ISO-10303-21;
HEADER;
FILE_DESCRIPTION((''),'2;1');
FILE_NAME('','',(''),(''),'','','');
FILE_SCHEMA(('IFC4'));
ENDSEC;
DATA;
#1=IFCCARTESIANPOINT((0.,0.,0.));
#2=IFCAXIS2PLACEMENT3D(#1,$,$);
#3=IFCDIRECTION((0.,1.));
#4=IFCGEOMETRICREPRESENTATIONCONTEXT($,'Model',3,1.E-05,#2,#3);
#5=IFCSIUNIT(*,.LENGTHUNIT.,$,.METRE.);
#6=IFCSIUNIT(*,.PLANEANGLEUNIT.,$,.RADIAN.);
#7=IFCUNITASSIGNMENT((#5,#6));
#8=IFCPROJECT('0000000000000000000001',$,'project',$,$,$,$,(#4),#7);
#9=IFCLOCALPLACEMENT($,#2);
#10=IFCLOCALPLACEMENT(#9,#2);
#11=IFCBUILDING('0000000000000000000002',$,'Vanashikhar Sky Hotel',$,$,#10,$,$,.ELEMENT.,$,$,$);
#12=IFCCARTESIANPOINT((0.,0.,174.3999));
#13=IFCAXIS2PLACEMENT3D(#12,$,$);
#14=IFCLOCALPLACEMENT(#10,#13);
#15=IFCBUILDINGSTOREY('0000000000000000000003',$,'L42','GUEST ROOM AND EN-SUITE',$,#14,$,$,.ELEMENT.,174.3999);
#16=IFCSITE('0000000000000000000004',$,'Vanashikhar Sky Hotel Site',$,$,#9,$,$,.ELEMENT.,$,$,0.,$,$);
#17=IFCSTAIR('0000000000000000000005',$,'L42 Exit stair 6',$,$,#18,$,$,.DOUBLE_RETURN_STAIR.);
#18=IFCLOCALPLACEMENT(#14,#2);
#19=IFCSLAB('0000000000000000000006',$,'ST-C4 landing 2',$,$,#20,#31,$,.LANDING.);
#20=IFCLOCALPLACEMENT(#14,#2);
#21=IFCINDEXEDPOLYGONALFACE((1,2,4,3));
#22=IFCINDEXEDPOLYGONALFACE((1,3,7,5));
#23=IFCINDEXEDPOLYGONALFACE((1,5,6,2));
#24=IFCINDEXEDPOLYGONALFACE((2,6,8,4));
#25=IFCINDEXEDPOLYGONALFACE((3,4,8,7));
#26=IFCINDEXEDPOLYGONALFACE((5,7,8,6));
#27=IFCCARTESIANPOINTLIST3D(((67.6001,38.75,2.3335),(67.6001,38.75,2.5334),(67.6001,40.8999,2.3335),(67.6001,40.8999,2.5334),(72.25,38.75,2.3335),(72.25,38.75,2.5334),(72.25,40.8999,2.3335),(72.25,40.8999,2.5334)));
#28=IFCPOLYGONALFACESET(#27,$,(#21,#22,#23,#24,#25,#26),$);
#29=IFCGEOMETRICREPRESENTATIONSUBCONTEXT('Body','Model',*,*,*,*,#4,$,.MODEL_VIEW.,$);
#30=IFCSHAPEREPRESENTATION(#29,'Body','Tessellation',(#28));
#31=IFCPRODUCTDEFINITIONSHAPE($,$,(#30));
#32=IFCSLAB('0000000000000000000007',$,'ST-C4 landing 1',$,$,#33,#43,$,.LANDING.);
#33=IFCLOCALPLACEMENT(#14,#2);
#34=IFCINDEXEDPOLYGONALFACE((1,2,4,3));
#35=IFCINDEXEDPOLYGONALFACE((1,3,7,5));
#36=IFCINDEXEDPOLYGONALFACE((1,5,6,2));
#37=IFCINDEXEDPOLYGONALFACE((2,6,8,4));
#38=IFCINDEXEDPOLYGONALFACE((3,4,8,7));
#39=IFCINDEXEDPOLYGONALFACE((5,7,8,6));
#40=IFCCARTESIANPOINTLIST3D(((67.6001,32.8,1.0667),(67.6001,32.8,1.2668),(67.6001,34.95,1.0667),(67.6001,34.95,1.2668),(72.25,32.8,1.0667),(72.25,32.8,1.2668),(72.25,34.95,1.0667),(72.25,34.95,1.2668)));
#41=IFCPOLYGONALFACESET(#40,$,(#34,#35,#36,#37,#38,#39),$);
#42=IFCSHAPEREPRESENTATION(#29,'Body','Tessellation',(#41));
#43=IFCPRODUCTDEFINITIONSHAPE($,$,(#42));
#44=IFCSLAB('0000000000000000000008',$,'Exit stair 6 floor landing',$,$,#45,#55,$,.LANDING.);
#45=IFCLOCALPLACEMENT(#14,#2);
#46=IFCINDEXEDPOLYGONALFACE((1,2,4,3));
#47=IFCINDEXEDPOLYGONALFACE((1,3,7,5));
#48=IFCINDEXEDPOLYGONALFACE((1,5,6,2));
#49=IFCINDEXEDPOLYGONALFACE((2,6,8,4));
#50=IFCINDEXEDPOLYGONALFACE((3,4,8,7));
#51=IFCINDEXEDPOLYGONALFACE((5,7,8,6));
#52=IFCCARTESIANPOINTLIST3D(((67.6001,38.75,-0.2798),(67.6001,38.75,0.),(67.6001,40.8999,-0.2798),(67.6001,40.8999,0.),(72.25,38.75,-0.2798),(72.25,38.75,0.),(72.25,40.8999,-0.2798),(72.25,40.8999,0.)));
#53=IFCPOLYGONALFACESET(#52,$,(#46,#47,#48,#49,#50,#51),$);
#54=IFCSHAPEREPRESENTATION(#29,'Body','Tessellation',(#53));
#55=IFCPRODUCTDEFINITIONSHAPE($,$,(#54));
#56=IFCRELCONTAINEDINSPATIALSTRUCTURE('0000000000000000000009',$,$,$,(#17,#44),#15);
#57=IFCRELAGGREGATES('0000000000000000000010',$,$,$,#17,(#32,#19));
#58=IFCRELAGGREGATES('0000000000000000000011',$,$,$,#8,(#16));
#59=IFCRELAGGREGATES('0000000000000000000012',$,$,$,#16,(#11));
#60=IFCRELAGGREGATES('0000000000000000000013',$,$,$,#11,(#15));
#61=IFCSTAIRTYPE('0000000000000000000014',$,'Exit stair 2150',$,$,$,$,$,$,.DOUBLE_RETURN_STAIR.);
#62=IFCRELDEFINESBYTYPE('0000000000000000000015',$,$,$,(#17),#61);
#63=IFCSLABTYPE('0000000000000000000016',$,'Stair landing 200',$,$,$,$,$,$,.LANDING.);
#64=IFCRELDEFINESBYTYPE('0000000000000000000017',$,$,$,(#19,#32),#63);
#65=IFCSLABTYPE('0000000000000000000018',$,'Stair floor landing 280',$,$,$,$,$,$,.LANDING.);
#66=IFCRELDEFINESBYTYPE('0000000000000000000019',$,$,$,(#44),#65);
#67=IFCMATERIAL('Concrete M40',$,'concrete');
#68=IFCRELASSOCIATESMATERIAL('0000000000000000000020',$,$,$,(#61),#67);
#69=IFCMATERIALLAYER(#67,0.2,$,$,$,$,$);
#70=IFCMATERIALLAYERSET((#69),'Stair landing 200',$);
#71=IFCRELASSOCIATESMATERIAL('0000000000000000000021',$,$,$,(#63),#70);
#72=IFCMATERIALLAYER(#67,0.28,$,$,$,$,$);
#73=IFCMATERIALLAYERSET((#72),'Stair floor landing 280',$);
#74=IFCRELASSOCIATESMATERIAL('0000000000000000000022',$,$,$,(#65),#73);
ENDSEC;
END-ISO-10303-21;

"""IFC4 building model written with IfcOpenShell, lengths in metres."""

from ifc_helpers import new_model, si_unit, direction, frame, origin, place, context, subcontext, project, spatial, polyline, outline, extrude, source, transform, mapped, material, layer, layer_set, type_object, element, aggregate, save


model = new_model("IFC4")

# Units and contexts
model_context = context("Model", 3, precision=1e-05, world=origin(), true_north=direction((0.0, 1.0)))
body_context = subcontext(model_context, "Body", "Model", "MODEL_VIEW")
ifc_project = project(units=[si_unit("LENGTHUNIT", "METRE"), si_unit("PLANEANGLEUNIT", "RADIAN")], contexts=[model_context])

# Site, building, storey
site_placement = place(None, origin())
site = spatial("IfcSite", under=ifc_project, at=site_placement, Name="Vanashikhar Sky Hotel Site", CompositionType="ELEMENT", RefElevation=0.0)
building_placement = place(site_placement, origin())
building = spatial("IfcBuilding", under=site, at=building_placement, Name="Vanashikhar Sky Hotel", CompositionType="ELEMENT")
storey_placement = place(building_placement, frame((0.0, 0.0, 174.3999)))
storey = spatial("IfcBuildingStorey", under=building, at=storey_placement, Name="L42", Description="GUEST ROOM AND EN-SUITE", CompositionType="ELEMENT", Elevation=174.3999)

# Shared definitions
ifc_material = material(Name="Concrete M40", Category="concrete")

# Shared definitions
stair_type = type_object("IfcStairType", Name="Exit stair 2150", PredefinedType="DOUBLE_RETURN_STAIR", material=ifc_material)
ifc_layer_1 = layer(ifc_material, 0.2)
ifc_layer_set_1 = layer_set([ifc_layer_1], Name="Stair landing 200")
slab_type_1 = type_object("IfcSlabType", Name="Stair landing 200", PredefinedType="LANDING", material=ifc_layer_set_1)

# Shared definitions
ifc_layer_2 = layer(ifc_material, 0.28)
ifc_layer_set_2 = layer_set([ifc_layer_2], Name="Stair floor landing 280")
slab_type_2 = type_object("IfcSlabType", Name="Stair floor landing 280", PredefinedType="LANDING", material=ifc_layer_set_2)

# Stair, slabs
stair_1_placement = place(storey_placement, origin())
stair_1 = element("IfcStair", 1, at=stair_1_placement, inside=storey, type_object=stair_type, Name="L42 Exit stair 6", PredefinedType="DOUBLE_RETURN_STAIR")
shared_shape_1 = source(origin(), body_context, "Body", "SweptSolid", [
    extrude(outline(polyline([(72.25, 38.75), (72.25, 40.8999), (67.6001, 40.8999), (67.6001, 38.75), (72.25, 38.75)])), origin(), (0.0, 0.0, 1.0), 0.2),
])
slab_1_placement = place(storey_placement, frame((0.0, 0.0, 2.3335)))
slab_1 = element("IfcSlab", 2, at=slab_1_placement, type_object=slab_type_1, Name="ST-C4 landing 2", PredefinedType="LANDING", context=body_context, shape_type="MappedRepresentation", body=[
    mapped(shared_shape_1, transform((0.0, 0.0, 0.0), scale=1.0)),
])
shared_shape_2 = source(origin(), body_context, "Body", "SweptSolid", [
    extrude(outline(polyline([(72.25, 32.8), (72.25, 34.95), (67.6001, 34.95), (67.6001, 32.8), (72.25, 32.8)])), origin(), (0.0, 0.0, 1.0), 0.2002),
])
slab_2_placement = place(storey_placement, frame((0.0, 0.0, 1.0667)))
slab_2 = element("IfcSlab", 3, at=slab_2_placement, type_object=slab_type_1, Name="ST-C4 landing 1", PredefinedType="LANDING", context=body_context, shape_type="MappedRepresentation", body=[
    mapped(shared_shape_2, transform((0.0, 0.0, 0.0), scale=1.0)),
])
aggregate(stair_1, [slab_2, slab_1])

# Slab
shared_shape_3 = source(origin(), body_context, "Body", "SweptSolid", [
    extrude(outline(polyline([(72.25, 38.75), (72.25, 40.8999), (67.6001, 40.8999), (67.6001, 38.75), (72.25, 38.75)])), origin(), (0.0, 0.0, 1.0), 0.2798),
])
slab_3_placement = place(storey_placement, frame((0.0, 0.0, -0.2798)))
element("IfcSlab", 4, at=slab_3_placement, inside=storey, type_object=slab_type_2, Name="Exit stair 6 floor landing", PredefinedType="LANDING", context=body_context, shape_type="MappedRepresentation", body=[
    mapped(shared_shape_3, transform((0.0, 0.0, 0.0), scale=1.0)),
])

save(model, "model.ifc")
